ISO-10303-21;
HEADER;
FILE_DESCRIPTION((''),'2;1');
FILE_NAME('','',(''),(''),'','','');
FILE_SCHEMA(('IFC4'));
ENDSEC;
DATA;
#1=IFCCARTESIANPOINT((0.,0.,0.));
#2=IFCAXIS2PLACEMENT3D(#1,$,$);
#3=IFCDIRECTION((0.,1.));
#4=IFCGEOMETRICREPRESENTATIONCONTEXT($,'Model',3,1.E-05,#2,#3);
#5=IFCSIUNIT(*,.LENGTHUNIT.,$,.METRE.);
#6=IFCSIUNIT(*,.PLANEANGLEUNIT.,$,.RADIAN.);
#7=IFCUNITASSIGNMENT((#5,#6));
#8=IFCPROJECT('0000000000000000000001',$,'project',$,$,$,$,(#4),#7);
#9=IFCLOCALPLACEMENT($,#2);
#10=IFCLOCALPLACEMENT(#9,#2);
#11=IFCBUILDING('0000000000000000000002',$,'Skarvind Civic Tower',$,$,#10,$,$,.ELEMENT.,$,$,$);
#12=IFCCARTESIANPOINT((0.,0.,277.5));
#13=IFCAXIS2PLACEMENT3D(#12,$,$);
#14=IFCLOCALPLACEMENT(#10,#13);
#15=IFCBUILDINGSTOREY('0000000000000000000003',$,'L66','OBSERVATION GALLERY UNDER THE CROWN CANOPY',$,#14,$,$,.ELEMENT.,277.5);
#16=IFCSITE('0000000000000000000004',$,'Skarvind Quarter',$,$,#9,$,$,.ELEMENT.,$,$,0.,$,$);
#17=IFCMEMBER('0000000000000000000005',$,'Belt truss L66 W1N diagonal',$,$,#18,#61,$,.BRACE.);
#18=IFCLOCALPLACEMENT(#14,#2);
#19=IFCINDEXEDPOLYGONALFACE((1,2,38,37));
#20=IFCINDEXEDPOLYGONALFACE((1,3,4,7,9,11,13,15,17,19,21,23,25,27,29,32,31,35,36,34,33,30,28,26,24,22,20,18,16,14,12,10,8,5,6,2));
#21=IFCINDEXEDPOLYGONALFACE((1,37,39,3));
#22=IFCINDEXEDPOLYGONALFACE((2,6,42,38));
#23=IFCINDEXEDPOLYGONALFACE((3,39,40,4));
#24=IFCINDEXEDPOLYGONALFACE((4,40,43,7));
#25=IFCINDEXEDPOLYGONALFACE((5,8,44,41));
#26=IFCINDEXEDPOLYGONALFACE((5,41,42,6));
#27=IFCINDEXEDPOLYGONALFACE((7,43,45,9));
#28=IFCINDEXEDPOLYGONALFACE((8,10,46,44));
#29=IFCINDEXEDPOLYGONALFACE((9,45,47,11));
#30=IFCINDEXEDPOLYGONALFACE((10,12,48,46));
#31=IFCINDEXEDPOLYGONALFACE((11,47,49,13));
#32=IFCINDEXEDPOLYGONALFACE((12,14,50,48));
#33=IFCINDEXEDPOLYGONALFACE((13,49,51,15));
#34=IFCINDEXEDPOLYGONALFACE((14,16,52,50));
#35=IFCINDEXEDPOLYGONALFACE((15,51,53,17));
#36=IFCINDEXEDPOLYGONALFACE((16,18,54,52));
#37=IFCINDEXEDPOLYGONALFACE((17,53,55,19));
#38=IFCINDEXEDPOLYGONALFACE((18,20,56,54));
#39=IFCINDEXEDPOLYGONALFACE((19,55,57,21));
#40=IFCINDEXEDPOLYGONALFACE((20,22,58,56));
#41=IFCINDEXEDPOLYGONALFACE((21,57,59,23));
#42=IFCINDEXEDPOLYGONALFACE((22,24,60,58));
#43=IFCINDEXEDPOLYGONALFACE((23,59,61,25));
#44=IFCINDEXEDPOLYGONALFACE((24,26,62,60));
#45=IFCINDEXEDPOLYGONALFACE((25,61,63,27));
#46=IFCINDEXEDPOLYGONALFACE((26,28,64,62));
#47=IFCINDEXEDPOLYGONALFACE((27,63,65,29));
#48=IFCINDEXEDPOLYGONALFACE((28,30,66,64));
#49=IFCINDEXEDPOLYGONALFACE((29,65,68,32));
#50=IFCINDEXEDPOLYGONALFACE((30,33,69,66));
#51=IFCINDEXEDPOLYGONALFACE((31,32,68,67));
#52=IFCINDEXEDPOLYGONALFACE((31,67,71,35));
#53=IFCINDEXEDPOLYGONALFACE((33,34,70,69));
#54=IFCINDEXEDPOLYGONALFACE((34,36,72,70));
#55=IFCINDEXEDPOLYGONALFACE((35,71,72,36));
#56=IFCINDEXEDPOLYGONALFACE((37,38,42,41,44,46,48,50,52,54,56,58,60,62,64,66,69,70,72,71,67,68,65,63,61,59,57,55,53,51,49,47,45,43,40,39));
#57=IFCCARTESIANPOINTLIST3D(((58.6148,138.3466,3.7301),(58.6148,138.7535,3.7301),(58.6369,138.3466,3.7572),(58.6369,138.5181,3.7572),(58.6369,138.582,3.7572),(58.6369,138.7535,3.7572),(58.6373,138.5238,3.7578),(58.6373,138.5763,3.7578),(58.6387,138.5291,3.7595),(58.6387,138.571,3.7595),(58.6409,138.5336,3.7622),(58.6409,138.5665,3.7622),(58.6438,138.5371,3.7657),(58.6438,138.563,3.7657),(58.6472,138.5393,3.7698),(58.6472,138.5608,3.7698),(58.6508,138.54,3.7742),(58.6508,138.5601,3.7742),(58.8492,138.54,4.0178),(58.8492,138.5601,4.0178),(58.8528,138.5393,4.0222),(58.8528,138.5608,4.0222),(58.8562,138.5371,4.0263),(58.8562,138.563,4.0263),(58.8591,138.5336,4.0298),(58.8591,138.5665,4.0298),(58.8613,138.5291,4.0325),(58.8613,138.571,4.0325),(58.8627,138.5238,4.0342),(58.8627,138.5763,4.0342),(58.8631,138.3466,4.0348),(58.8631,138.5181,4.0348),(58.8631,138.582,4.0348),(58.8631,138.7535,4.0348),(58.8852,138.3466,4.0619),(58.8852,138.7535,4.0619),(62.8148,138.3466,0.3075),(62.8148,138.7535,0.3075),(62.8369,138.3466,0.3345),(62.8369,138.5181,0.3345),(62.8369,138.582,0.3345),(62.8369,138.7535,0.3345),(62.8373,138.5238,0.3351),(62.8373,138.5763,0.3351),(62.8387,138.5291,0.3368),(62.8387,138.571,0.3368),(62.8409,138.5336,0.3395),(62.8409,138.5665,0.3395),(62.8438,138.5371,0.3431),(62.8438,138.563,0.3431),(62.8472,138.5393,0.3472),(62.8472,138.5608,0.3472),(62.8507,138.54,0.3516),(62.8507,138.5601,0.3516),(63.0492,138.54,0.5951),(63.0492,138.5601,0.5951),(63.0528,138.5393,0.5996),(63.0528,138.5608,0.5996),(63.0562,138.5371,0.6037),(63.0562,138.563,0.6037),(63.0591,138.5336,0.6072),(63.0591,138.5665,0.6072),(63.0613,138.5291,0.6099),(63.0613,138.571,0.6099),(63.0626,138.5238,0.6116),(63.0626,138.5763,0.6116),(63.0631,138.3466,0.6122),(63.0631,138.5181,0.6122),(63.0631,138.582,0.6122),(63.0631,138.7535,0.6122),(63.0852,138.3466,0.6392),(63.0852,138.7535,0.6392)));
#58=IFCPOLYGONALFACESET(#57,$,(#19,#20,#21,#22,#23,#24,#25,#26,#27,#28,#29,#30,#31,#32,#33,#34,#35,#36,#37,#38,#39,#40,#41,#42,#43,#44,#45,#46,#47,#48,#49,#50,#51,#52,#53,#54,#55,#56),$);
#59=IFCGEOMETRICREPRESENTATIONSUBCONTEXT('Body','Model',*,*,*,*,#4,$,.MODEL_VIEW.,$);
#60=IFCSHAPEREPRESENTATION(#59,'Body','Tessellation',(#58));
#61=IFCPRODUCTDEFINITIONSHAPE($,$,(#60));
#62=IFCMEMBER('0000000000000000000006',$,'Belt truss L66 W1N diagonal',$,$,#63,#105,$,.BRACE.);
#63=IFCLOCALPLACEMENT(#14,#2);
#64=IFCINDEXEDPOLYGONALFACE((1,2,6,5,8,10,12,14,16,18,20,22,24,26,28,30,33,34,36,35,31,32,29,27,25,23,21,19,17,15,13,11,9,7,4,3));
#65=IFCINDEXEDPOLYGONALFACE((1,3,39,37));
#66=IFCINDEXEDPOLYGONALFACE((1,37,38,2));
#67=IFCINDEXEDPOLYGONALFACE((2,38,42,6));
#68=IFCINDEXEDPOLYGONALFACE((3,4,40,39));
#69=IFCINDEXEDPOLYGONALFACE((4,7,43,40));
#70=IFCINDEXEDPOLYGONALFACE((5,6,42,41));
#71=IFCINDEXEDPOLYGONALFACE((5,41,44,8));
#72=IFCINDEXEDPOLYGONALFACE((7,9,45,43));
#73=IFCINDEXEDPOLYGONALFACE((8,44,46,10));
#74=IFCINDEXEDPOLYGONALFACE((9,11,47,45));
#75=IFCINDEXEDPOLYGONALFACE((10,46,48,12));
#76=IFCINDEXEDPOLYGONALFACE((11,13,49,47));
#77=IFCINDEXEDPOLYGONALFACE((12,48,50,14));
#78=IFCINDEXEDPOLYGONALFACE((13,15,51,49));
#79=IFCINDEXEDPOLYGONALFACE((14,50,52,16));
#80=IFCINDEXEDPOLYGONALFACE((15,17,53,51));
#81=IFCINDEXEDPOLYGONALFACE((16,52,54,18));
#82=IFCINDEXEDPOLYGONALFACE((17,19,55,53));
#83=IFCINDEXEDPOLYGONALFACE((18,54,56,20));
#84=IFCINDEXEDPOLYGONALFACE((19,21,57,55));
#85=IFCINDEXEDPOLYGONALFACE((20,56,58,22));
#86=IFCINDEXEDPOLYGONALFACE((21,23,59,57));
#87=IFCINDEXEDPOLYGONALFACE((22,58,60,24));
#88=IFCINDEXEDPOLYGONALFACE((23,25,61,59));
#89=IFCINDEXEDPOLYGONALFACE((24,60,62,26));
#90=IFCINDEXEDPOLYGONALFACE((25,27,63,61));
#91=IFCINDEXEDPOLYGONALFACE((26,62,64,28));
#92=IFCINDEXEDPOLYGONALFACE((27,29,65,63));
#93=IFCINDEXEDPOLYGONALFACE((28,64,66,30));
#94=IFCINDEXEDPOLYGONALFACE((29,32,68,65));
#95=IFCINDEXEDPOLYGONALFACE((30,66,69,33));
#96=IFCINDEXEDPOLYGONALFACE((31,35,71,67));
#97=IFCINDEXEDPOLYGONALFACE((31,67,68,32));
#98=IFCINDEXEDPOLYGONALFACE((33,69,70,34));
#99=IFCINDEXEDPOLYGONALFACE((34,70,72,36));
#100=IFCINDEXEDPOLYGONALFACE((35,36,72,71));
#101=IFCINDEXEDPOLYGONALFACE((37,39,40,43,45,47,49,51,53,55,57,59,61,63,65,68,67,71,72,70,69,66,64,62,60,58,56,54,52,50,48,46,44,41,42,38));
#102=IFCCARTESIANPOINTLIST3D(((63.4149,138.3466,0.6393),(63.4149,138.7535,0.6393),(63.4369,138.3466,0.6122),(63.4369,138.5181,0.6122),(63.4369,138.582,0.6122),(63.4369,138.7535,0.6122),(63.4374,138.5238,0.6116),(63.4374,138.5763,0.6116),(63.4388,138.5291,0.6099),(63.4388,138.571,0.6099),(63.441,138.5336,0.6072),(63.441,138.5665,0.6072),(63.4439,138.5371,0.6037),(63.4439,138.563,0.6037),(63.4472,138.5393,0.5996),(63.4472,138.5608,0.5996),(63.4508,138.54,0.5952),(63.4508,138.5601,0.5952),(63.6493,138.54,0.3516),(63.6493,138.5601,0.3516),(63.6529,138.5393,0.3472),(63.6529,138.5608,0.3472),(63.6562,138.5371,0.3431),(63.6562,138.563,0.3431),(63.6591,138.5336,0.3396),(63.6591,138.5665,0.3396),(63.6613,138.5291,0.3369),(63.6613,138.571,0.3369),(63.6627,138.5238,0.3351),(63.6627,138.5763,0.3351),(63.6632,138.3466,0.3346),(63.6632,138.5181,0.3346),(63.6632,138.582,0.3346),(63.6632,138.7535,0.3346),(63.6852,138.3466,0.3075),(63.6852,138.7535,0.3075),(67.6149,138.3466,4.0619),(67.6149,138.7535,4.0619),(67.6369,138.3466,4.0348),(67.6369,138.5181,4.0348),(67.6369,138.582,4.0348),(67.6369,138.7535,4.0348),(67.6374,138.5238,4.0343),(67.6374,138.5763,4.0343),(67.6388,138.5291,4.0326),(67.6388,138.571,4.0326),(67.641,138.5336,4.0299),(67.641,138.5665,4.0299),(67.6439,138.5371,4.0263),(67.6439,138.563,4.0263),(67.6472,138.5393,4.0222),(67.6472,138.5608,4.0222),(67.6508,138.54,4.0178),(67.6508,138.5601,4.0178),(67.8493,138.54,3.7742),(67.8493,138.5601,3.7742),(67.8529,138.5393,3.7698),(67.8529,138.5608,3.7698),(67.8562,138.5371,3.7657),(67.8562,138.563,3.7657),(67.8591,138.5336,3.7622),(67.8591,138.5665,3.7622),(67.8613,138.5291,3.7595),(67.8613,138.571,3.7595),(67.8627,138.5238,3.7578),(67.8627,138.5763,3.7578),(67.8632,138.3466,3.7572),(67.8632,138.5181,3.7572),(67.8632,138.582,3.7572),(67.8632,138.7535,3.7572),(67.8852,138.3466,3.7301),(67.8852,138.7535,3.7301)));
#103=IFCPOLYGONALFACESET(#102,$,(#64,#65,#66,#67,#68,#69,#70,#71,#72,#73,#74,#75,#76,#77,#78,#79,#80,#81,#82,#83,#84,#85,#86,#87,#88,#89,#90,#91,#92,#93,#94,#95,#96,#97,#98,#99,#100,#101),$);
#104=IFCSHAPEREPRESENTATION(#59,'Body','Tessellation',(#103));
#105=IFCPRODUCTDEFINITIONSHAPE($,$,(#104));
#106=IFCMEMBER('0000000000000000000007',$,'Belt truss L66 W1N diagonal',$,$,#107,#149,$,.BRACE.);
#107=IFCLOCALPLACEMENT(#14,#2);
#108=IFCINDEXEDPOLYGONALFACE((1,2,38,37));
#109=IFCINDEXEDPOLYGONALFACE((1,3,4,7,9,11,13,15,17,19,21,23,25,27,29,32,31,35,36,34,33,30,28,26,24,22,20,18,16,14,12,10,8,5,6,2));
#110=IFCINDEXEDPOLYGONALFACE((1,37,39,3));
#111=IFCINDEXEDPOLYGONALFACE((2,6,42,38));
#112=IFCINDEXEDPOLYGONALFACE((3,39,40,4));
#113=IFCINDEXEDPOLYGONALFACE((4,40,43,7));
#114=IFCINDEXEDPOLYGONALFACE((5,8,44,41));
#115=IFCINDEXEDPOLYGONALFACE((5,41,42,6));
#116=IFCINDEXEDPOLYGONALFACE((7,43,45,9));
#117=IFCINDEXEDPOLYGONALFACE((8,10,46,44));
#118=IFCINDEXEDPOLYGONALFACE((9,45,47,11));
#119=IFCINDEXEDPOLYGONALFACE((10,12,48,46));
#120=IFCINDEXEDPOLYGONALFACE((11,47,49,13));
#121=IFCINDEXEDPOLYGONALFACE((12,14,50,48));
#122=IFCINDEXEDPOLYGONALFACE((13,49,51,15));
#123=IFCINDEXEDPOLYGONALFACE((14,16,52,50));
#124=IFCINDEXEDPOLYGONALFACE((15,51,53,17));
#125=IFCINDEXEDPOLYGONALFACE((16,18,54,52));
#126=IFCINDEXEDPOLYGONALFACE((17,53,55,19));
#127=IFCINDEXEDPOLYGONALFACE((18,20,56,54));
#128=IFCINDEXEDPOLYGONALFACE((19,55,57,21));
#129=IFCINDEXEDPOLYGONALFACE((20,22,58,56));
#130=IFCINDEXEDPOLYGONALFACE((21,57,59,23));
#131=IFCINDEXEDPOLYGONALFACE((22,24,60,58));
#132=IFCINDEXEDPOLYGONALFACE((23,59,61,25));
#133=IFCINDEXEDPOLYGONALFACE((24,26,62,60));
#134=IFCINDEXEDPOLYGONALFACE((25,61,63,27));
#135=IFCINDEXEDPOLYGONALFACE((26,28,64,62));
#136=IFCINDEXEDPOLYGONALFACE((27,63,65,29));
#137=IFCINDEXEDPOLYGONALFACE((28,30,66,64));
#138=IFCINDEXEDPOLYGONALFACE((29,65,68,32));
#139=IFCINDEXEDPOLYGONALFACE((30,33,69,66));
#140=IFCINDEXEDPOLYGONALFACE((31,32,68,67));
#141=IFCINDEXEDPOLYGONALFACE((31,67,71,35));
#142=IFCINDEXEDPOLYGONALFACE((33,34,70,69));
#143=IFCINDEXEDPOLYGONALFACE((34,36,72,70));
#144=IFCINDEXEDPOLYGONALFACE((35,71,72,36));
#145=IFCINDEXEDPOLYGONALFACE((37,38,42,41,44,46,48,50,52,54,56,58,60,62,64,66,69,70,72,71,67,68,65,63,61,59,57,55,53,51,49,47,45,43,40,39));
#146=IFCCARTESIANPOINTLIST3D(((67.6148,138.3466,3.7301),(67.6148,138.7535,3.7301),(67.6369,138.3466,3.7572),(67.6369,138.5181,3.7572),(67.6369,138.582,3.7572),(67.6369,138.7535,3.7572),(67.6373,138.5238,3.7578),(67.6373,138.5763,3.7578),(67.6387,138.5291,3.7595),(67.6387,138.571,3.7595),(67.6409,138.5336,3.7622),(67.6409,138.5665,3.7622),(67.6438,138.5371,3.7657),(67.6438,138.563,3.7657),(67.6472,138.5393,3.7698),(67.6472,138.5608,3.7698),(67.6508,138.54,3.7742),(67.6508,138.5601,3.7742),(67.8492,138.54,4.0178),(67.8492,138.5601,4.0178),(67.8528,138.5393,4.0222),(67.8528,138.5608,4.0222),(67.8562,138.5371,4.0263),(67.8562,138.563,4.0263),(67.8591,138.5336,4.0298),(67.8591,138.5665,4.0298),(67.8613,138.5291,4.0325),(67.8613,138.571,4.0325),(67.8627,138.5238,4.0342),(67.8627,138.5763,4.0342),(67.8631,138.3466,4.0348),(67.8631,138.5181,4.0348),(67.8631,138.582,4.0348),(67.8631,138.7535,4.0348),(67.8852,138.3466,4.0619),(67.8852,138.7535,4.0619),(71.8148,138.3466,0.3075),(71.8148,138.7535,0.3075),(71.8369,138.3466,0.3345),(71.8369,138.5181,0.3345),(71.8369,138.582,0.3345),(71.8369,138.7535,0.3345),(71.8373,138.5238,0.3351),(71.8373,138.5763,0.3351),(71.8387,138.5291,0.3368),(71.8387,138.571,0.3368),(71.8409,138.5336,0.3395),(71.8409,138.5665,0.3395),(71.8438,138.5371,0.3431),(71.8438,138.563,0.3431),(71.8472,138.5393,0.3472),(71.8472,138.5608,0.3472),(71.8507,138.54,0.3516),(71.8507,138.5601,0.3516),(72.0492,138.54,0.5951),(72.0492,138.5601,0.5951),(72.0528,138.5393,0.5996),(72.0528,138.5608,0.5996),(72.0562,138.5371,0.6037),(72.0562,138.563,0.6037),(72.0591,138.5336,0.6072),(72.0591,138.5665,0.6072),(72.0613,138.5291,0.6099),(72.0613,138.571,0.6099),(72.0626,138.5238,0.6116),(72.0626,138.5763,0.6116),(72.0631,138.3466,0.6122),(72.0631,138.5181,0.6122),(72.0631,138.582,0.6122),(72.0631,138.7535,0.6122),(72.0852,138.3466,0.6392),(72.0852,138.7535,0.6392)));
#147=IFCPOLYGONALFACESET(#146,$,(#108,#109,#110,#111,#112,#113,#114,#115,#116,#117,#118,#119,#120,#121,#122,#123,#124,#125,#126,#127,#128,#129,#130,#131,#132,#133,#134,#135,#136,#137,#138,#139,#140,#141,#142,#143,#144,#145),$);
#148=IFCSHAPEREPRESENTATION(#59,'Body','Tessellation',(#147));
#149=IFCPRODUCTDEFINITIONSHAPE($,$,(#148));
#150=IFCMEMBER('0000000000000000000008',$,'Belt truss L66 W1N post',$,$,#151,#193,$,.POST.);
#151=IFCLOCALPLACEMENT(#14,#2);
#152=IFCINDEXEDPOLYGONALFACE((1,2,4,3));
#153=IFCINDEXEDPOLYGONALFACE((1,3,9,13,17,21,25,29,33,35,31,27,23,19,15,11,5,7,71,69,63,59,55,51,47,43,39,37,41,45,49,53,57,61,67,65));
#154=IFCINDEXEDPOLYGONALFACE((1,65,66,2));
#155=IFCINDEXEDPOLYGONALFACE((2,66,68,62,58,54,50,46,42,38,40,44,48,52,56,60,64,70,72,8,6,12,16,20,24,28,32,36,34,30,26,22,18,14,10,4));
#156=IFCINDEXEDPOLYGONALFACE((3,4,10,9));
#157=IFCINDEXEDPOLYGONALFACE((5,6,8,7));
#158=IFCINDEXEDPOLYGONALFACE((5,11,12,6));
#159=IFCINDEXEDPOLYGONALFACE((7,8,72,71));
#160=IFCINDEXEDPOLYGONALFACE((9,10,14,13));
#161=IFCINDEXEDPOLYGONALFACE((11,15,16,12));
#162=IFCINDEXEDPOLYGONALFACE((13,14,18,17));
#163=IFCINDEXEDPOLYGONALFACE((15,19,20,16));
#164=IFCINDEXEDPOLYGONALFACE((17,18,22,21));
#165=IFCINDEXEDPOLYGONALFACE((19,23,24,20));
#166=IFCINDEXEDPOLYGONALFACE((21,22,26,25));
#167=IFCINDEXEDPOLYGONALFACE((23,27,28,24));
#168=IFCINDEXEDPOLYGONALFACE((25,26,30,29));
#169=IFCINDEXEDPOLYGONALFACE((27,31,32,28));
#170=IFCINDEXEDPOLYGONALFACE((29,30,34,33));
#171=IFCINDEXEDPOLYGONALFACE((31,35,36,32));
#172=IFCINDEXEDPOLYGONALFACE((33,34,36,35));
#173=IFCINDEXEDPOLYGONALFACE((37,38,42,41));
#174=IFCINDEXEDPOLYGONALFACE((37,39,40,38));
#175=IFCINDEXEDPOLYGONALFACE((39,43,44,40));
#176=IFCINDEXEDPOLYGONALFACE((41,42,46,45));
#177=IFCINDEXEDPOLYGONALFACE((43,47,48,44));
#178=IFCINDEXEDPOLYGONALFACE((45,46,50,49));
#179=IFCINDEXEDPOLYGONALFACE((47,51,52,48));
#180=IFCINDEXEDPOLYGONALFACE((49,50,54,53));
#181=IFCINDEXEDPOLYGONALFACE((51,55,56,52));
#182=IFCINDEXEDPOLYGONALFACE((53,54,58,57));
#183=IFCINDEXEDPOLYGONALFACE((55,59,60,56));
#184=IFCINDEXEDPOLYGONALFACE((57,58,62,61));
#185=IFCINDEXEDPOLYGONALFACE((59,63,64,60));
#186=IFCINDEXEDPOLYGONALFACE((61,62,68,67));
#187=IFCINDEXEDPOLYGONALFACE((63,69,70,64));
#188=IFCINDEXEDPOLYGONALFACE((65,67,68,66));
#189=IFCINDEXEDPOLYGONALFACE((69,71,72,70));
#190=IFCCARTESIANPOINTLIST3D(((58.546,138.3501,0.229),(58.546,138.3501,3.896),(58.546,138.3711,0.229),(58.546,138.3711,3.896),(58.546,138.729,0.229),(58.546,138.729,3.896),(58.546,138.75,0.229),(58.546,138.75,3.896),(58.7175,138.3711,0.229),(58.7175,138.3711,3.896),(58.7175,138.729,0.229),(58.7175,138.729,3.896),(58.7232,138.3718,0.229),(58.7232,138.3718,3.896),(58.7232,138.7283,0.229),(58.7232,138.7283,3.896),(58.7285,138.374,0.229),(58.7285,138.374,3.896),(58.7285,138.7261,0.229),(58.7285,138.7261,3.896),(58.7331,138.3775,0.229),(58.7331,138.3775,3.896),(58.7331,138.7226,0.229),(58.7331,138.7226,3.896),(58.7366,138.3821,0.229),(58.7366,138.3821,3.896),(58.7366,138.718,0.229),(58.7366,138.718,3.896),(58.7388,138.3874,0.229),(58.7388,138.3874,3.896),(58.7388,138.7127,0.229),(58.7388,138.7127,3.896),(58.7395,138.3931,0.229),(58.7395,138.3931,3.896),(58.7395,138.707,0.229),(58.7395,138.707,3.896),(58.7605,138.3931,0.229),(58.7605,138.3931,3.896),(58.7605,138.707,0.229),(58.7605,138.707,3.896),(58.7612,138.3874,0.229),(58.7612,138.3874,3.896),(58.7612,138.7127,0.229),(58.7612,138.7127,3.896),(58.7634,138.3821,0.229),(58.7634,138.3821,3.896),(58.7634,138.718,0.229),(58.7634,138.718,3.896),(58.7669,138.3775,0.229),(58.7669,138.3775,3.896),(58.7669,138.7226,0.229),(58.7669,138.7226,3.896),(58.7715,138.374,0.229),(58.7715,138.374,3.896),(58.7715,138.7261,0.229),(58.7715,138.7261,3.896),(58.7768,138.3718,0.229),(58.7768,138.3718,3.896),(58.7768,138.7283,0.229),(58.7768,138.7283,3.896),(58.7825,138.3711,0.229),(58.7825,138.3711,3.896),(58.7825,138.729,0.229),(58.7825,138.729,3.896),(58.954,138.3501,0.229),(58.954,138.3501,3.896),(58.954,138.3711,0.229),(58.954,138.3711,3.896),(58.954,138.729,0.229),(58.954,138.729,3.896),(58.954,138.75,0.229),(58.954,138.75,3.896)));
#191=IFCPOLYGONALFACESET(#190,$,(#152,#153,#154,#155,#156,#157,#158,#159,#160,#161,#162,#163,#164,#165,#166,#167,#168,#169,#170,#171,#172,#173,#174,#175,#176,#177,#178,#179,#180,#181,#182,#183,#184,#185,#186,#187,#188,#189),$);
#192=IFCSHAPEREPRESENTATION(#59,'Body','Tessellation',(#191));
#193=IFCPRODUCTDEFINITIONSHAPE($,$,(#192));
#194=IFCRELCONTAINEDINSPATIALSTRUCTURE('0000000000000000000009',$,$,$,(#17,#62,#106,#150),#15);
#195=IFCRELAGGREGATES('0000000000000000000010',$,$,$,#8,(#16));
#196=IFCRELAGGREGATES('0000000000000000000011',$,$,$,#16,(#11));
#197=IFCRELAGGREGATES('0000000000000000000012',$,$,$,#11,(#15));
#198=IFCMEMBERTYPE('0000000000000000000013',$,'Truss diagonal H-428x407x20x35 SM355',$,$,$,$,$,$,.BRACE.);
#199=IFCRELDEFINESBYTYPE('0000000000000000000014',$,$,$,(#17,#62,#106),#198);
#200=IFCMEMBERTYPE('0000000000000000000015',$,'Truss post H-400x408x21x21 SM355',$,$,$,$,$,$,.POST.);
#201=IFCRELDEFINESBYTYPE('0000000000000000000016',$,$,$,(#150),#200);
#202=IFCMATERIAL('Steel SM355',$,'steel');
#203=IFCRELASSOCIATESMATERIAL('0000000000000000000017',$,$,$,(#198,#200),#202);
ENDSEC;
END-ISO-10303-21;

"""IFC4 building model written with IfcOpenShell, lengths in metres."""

from ifc_helpers import new_model, si_unit, direction, frame, origin, origin_2d, place, context, subcontext, project, spatial, i_section, extrude, material, material_profile, profile_set, type_object, element, save


model = new_model("IFC4")

# Units and contexts
model_context = context("Model", 3, precision=1e-05, world=origin(), true_north=direction((0.0, 1.0)))
body_context = subcontext(model_context, "Body", "Model", "MODEL_VIEW")
ifc_project = project(units=[si_unit("LENGTHUNIT", "METRE"), si_unit("PLANEANGLEUNIT", "RADIAN")], contexts=[model_context])

# Site, building, storey
site_placement = place(None, origin())
site = spatial("IfcSite", under=ifc_project, at=site_placement, Name="Skarvind Quarter", CompositionType="ELEMENT", RefElevation=0.0)
building_placement = place(site_placement, origin())
building = spatial("IfcBuilding", under=site, at=building_placement, Name="Skarvind Civic Tower", CompositionType="ELEMENT")
storey_placement = place(building_placement, frame((0.0, 0.0, 277.5)))
storey = spatial("IfcBuildingStorey", under=building, at=storey_placement, Name="L66", Description="OBSERVATION GALLERY UNDER THE CROWN CANOPY", CompositionType="ELEMENT", Elevation=277.5)

# Members
ifc_material_1 = material(Name="Steel SM355", Category="steel")
ifc_material_profile_1 = material_profile(ifc_material_1, i_section(OverallWidth=0.407, OverallDepth=0.428, WebThickness=0.02, FlangeThickness=0.0349, FilletRadius=0.022, at=origin_2d()), Name="H-428x407x20x35")
ifc_profile_set_1 = profile_set([ifc_material_profile_1], Name="Steel SM355")
member_type_1 = type_object("IfcMemberType", Name="Truss diagonal H-428x407x20x35 SM355", PredefinedType="BRACE", material=ifc_profile_set_1)
for number, where, z_axis, x_axis, name in (
    (1, (58.75, 138.55, 3.896), (0.775197, 0.0, -0.63172), (0.0, 1.0, 0.0), "Belt truss L66 W1N diagonal"),
    (2, (63.55, 138.55, 0.4734), (0.775197, 0.0, 0.63172), (0.0, 1.0, 0.0), "Belt truss L66 W1N diagonal"),
    (3, (67.75, 138.55, 3.896), (0.775197, 0.0, -0.63172), (0.0, 1.0, 0.0), "Belt truss L66 W1N diagonal"),
):
    element("IfcMember", number, at=place(storey_placement, frame(where, z_axis=z_axis, x_axis=x_axis)), inside=storey, type_object=member_type_1, Name=name, PredefinedType="BRACE", context=body_context, shape_type="SweptSolid", body=[
        extrude(i_section(OverallWidth=0.407, OverallDepth=0.428, WebThickness=0.02, FlangeThickness=0.0349, FilletRadius=0.022, at=origin_2d()), origin(), (0.0, 0.0, 1.0), 5.418),
    ])
ifc_material_profile_2 = material_profile(ifc_material_1, i_section(OverallWidth=0.408, OverallDepth=0.3999, WebThickness=0.021, FlangeThickness=0.021, FilletRadius=0.022, at=origin_2d()), Name="H-400x408x21x21")
ifc_profile_set_2 = profile_set([ifc_material_profile_2], Name="Steel SM355")
member_type_2 = type_object("IfcMemberType", Name="Truss post H-400x408x21x21 SM355", PredefinedType="POST", material=ifc_profile_set_2)
for number, where, z_axis, x_axis, name in (
    (4, (58.75, 138.55, 0.229), (0.0, 0.0, 1.0), (1.0, 0.0, 0.0), "Belt truss L66 W1N post"),
):
    element("IfcMember", number, at=place(storey_placement, frame(where, z_axis=z_axis, x_axis=x_axis)), inside=storey, type_object=member_type_2, Name=name, PredefinedType="POST", context=body_context, shape_type="SweptSolid", body=[
        extrude(i_section(OverallWidth=0.408, OverallDepth=0.3999, WebThickness=0.021, FlangeThickness=0.021, FilletRadius=0.022, at=origin_2d()), origin(), (0.0, 0.0, 1.0), 3.667),
    ])

save(model, "model.ifc")
